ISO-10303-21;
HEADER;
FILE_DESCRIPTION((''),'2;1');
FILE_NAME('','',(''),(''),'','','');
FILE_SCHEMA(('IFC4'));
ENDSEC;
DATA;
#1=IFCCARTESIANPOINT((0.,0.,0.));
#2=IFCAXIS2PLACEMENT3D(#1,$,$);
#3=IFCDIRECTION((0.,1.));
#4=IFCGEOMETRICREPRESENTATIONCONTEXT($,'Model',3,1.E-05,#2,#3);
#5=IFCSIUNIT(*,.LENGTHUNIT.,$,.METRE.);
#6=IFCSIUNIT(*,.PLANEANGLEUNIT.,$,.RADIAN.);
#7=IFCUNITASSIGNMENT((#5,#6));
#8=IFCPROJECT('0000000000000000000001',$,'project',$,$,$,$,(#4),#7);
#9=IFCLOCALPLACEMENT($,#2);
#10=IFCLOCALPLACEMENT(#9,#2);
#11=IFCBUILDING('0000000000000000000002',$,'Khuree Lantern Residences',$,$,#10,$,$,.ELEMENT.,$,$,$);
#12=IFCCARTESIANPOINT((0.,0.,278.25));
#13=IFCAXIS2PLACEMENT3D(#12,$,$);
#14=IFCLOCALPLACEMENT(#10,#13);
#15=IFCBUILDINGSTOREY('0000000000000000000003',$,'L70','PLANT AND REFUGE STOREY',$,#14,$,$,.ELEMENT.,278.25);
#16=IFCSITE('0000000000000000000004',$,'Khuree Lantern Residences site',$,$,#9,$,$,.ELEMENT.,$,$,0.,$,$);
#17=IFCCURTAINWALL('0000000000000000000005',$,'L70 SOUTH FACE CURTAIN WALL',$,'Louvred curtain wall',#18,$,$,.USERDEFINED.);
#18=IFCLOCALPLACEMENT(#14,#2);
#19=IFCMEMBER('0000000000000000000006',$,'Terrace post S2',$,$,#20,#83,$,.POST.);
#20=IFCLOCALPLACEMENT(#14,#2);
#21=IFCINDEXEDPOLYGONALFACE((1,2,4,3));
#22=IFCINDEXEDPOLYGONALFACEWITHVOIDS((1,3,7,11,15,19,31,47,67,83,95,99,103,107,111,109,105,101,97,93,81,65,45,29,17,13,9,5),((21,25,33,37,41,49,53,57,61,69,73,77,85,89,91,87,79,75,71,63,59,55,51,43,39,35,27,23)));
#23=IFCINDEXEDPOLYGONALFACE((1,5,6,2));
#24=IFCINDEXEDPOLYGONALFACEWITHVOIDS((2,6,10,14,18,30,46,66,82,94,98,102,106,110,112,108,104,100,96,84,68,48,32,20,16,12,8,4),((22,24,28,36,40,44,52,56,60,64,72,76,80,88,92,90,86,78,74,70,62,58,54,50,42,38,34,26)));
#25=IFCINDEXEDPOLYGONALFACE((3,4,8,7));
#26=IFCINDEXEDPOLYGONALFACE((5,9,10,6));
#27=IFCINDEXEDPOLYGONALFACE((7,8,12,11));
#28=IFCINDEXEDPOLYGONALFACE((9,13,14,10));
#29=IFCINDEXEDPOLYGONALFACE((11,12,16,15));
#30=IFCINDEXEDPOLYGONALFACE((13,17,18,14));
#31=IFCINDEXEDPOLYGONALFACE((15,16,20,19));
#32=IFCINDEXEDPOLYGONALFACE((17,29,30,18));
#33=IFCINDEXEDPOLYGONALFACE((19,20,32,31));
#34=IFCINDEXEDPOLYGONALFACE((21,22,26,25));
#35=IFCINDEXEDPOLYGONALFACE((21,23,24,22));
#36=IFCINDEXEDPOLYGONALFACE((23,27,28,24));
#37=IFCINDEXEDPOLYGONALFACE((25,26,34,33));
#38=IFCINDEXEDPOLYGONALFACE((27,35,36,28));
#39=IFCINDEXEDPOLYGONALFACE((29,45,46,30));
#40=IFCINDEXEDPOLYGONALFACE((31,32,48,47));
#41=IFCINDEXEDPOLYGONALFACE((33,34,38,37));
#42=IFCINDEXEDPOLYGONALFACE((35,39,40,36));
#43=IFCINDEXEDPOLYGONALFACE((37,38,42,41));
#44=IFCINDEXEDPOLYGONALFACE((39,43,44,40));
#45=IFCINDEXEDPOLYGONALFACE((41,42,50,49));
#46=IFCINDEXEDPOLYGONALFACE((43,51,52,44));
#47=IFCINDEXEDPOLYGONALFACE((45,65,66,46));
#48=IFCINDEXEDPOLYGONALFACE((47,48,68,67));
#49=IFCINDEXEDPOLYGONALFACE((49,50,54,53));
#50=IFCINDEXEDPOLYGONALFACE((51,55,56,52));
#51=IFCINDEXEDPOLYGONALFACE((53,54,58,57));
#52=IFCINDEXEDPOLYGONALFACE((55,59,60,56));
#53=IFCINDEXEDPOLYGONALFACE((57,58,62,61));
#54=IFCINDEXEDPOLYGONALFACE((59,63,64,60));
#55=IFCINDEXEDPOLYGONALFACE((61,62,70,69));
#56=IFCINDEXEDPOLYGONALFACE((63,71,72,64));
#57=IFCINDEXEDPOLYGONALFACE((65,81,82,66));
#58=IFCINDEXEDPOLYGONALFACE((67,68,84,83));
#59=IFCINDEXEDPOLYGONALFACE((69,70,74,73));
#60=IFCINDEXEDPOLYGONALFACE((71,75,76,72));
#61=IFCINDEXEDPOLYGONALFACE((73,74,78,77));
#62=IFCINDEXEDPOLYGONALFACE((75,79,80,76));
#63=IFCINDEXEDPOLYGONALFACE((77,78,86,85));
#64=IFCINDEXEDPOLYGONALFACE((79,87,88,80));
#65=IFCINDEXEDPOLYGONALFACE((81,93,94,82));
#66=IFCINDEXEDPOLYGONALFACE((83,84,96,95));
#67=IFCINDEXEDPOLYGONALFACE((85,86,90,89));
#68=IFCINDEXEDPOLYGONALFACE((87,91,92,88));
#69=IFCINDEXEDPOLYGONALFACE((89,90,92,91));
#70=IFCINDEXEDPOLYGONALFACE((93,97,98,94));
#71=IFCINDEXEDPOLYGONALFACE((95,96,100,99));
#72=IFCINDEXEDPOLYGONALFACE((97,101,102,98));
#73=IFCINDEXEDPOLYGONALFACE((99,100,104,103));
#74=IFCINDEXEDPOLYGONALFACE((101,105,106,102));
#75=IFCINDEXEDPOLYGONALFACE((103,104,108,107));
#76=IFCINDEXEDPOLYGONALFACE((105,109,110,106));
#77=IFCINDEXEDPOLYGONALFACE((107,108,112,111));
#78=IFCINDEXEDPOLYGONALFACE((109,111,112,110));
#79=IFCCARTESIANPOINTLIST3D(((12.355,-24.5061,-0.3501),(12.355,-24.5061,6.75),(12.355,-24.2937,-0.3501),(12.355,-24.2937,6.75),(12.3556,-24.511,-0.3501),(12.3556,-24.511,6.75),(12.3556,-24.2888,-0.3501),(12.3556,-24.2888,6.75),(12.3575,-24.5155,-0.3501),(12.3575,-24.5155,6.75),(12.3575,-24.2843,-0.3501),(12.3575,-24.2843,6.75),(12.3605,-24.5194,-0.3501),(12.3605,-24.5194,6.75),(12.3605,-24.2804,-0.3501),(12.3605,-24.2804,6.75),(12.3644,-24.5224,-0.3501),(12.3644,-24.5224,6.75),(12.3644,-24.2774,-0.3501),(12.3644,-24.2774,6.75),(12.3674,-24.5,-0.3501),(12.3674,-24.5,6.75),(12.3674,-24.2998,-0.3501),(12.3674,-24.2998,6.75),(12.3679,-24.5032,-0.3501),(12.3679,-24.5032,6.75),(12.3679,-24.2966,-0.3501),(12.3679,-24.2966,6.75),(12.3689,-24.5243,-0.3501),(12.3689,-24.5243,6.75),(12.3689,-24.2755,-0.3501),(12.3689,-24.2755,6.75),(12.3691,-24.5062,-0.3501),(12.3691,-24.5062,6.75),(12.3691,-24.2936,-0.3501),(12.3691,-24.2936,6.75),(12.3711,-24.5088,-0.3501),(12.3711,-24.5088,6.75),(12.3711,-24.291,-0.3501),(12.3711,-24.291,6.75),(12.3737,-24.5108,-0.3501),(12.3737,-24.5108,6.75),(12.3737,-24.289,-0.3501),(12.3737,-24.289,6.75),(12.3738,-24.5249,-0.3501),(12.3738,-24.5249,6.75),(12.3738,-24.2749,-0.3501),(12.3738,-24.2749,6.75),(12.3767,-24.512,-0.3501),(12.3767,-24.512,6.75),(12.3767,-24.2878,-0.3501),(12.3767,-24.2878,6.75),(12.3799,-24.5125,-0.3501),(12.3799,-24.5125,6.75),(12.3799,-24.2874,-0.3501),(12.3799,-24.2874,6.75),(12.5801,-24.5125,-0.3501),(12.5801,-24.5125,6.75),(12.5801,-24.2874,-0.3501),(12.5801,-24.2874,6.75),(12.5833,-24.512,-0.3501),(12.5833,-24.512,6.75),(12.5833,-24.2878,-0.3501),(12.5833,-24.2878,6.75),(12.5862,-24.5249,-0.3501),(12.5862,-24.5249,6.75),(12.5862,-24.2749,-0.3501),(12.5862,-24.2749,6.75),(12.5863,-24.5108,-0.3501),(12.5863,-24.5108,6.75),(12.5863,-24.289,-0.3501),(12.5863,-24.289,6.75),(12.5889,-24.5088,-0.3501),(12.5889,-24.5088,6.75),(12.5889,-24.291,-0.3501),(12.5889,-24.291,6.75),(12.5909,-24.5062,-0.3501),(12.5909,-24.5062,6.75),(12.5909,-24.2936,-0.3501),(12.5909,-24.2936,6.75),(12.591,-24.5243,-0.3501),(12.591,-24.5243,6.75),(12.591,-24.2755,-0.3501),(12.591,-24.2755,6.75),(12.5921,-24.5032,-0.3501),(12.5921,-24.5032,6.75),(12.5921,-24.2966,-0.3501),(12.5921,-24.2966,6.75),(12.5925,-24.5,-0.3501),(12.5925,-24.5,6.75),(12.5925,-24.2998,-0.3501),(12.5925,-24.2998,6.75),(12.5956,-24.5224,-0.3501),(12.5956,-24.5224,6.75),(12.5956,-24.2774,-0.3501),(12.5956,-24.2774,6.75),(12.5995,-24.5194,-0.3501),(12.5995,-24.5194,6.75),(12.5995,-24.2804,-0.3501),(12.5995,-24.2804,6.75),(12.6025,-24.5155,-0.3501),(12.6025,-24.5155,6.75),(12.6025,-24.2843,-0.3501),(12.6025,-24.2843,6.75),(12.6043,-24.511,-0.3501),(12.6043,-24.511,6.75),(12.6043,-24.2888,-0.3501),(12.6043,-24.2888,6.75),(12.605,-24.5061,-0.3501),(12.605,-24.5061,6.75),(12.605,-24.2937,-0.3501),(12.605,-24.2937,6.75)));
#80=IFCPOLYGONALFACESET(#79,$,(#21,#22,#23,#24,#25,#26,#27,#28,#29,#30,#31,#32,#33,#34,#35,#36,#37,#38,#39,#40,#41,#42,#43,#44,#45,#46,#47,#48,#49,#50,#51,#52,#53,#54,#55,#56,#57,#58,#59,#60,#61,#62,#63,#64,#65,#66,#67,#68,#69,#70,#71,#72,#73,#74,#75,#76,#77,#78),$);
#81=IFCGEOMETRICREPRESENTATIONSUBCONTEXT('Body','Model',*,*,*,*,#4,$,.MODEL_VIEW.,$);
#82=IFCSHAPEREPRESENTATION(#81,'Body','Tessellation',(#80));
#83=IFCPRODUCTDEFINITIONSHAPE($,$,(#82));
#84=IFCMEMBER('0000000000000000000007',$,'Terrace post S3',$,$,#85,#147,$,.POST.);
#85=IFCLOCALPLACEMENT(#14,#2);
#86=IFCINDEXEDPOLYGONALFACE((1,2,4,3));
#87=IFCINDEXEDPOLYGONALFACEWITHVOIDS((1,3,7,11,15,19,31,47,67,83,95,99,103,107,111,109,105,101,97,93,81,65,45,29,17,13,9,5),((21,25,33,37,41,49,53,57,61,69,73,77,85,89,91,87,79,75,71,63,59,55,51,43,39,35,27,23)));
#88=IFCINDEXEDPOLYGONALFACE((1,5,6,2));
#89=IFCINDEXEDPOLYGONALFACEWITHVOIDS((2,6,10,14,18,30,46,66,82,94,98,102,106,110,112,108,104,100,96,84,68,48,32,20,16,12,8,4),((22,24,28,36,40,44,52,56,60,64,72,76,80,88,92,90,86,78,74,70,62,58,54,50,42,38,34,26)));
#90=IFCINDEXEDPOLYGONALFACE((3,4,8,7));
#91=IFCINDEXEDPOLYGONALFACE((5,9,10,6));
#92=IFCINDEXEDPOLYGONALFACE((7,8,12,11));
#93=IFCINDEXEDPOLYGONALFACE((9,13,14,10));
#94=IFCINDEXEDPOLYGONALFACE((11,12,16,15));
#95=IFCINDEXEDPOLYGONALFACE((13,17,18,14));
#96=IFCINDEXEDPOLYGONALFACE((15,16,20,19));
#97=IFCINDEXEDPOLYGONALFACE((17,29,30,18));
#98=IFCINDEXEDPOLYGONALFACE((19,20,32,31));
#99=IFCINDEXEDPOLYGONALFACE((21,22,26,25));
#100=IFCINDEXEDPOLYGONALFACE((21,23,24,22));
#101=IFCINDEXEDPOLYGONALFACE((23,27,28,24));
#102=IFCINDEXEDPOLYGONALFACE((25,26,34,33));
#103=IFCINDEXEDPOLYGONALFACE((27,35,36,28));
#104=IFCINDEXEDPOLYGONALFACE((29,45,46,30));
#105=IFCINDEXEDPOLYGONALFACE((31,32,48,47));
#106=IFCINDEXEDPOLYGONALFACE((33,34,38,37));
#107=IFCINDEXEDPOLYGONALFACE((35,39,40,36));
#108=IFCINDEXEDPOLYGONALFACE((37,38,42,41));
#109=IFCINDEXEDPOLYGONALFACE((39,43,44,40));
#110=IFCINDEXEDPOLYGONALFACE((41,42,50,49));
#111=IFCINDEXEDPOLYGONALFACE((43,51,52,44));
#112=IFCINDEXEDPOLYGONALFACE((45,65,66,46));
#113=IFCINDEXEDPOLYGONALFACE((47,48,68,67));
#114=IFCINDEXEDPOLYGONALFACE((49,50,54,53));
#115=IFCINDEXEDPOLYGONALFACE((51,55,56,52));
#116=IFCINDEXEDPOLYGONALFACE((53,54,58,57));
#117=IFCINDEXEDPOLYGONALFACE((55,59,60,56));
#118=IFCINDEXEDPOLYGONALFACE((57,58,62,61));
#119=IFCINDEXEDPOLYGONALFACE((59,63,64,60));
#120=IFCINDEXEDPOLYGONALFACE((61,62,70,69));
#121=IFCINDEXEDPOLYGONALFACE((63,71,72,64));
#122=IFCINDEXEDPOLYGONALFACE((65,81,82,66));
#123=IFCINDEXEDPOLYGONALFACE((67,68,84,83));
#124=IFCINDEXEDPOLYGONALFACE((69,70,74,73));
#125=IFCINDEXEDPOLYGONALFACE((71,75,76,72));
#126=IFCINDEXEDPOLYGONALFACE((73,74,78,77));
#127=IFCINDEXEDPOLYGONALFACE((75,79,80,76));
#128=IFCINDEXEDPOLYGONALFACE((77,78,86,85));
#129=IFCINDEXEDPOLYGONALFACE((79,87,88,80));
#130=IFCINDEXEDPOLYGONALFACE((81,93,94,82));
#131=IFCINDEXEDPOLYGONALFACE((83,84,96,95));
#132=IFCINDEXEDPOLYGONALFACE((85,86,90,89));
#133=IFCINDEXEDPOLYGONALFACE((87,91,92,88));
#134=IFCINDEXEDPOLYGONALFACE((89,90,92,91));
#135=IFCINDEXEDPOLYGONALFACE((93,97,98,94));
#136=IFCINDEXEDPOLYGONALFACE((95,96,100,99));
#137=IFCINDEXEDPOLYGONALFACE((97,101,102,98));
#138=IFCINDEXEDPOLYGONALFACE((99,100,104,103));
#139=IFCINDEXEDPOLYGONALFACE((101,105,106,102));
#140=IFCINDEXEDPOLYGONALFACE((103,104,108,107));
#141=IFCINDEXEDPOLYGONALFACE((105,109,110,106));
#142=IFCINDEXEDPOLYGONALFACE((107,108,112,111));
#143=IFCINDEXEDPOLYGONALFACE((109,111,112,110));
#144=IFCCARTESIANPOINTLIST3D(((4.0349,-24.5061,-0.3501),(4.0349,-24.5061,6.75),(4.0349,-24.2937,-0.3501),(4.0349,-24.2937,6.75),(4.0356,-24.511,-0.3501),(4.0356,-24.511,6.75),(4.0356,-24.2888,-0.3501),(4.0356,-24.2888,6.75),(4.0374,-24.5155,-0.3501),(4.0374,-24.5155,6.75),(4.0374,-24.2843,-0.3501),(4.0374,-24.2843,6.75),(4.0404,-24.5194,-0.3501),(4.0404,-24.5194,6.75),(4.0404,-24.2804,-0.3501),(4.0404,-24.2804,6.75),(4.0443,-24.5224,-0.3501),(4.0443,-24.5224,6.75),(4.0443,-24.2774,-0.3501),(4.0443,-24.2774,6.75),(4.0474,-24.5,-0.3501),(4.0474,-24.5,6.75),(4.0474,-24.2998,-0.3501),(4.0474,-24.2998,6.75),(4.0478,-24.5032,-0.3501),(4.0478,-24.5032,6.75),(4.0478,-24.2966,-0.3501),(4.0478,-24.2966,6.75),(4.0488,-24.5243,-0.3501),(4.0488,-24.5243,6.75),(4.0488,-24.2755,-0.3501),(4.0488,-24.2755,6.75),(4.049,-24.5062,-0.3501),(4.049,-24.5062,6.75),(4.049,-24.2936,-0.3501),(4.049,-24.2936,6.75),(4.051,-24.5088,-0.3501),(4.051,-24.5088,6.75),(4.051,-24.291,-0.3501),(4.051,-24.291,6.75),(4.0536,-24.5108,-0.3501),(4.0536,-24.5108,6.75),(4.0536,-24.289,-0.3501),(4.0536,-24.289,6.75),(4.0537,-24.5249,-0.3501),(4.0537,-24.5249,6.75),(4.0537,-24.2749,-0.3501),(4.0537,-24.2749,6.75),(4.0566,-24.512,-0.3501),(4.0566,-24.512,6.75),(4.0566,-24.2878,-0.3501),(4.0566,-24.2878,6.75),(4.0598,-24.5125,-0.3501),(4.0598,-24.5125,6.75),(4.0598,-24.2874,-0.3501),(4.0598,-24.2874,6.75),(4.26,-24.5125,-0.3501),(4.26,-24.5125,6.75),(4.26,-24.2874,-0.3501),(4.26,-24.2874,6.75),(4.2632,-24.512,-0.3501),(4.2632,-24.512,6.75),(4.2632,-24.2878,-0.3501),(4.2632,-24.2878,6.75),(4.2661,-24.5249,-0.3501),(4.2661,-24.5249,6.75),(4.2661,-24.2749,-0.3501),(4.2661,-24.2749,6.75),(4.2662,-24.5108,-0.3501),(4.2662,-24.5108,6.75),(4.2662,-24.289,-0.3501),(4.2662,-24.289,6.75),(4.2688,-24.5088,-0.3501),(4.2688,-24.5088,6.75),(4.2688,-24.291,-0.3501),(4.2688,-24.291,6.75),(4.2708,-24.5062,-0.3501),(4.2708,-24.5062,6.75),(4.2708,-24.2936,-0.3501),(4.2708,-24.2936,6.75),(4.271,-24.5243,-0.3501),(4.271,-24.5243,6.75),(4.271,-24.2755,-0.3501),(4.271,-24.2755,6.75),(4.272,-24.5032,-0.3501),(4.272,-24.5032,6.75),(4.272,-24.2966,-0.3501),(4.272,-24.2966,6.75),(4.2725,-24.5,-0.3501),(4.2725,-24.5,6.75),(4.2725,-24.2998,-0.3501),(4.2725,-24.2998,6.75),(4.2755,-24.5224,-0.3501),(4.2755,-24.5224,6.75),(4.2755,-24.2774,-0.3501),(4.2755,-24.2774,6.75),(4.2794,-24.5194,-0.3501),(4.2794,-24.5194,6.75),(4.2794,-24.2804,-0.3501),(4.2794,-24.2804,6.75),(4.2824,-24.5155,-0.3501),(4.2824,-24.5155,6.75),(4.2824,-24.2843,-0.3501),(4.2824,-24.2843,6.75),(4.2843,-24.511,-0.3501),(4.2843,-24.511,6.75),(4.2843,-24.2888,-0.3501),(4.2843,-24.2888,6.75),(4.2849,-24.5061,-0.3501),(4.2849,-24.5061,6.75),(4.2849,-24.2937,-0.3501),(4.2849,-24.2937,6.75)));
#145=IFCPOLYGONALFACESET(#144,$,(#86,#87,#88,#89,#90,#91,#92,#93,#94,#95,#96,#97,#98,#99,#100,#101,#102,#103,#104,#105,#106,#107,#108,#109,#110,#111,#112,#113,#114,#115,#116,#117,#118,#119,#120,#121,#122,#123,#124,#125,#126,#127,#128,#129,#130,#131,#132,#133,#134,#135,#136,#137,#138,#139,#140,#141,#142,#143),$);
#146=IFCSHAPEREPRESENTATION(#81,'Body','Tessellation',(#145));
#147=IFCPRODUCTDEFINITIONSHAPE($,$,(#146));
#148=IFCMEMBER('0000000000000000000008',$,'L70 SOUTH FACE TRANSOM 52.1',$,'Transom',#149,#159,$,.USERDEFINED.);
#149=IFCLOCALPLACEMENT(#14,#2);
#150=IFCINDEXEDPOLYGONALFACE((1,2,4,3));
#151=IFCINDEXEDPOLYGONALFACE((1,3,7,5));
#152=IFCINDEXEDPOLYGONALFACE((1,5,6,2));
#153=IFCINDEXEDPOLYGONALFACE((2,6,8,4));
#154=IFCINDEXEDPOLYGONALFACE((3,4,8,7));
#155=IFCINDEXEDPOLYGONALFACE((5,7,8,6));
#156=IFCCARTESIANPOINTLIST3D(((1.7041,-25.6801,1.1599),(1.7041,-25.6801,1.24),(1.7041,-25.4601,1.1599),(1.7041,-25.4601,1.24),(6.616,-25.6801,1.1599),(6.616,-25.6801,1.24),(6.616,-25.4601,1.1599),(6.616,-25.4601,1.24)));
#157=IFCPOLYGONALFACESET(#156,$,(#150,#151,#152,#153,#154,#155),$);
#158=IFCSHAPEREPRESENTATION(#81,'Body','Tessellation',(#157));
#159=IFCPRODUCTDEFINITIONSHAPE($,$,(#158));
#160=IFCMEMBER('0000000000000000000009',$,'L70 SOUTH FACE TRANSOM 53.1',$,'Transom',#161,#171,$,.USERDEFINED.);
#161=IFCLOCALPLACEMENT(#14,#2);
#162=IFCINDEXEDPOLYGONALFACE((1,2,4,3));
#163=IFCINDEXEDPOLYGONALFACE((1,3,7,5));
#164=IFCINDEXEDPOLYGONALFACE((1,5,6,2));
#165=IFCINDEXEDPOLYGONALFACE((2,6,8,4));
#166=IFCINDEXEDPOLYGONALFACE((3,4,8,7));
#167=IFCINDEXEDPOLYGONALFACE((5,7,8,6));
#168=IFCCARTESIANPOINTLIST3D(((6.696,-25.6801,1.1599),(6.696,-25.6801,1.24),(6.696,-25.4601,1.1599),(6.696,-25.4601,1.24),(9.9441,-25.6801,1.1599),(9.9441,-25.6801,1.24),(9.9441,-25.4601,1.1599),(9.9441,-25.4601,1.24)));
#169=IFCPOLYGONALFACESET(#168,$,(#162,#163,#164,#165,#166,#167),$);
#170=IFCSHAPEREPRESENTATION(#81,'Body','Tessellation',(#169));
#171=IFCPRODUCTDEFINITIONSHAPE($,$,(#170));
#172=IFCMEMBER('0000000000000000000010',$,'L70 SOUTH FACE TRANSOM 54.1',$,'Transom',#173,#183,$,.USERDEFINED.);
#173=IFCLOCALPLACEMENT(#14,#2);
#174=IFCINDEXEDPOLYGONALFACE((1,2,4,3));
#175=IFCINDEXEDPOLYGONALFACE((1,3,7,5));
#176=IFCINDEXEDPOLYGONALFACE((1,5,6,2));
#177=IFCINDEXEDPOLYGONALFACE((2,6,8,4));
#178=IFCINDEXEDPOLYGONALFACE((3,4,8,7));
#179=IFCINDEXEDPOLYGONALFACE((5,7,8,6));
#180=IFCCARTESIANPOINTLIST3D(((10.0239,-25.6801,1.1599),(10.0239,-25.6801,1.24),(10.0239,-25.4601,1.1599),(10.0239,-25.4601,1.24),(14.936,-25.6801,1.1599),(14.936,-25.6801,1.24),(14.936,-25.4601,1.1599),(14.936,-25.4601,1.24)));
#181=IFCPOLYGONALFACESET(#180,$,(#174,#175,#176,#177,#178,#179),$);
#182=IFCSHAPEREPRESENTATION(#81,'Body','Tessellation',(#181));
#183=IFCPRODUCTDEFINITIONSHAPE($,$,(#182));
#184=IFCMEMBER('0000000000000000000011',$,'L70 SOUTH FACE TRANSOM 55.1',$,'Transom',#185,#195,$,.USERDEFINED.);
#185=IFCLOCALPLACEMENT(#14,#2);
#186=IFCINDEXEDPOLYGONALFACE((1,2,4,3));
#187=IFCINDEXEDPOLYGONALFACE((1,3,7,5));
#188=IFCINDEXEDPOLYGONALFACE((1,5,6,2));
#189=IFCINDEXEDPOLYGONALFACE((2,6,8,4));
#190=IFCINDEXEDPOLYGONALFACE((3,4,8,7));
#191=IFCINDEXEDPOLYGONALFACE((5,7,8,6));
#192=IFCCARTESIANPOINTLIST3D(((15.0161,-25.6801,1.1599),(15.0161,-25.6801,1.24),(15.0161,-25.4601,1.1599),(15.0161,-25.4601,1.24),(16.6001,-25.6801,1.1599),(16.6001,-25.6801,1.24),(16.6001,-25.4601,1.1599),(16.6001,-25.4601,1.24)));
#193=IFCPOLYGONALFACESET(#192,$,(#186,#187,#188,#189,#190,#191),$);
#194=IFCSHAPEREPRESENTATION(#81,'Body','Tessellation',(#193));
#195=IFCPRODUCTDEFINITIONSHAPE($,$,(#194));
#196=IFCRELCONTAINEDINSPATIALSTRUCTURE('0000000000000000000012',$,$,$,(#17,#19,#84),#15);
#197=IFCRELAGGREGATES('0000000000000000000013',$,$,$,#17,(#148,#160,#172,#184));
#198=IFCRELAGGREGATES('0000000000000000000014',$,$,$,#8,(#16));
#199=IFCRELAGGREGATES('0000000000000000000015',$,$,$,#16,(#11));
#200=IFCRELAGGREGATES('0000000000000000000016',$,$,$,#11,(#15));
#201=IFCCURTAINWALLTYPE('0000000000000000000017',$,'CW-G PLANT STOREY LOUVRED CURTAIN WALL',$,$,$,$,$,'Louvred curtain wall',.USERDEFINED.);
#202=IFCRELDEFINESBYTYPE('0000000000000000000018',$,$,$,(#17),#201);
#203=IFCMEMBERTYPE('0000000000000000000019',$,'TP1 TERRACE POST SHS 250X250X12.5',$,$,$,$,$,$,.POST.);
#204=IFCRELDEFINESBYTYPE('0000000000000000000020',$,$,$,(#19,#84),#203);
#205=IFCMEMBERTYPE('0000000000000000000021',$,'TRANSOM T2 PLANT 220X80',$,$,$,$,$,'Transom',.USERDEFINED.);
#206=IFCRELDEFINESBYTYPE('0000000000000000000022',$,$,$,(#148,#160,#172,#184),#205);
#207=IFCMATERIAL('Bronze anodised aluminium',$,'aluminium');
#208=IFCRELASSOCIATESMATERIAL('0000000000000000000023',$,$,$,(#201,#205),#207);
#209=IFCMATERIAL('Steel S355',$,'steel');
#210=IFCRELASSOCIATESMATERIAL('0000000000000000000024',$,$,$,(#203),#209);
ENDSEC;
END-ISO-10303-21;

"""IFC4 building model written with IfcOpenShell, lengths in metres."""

from ifc_helpers import new_model, si_unit, direction, frame, origin, origin_2d, place, context, subcontext, project, spatial, rectangle, hollow_rectangle, extrude, material, material_profile, profile_set, type_object, element, aggregate, save


model = new_model("IFC4")

# Units and contexts
model_context = context("Model", 3, precision=1e-05, world=origin(), true_north=direction((0.0, 1.0)))
body_context = subcontext(model_context, "Body", "Model", "MODEL_VIEW")
ifc_project = project(units=[si_unit("LENGTHUNIT", "METRE"), si_unit("PLANEANGLEUNIT", "RADIAN")], contexts=[model_context])

# Site, building, storey
site_placement = place(None, origin())
site = spatial("IfcSite", under=ifc_project, at=site_placement, Name="Khuree Lantern Residences site", CompositionType="ELEMENT", RefElevation=0.0)
building_placement = place(site_placement, origin())
building = spatial("IfcBuilding", under=site, at=building_placement, Name="Khuree Lantern Residences", CompositionType="ELEMENT")
storey_placement = place(building_placement, frame((0.0, 0.0, 278.25)))
storey = spatial("IfcBuildingStorey", under=building, at=storey_placement, Name="L70", Description="PLANT AND REFUGE STOREY", CompositionType="ELEMENT", Elevation=278.25)

# Shared definitions
ifc_material_1 = material(Name="Steel S355", Category="steel")

# Curtain wall
ifc_material_2 = material(Name="Bronze anodised aluminium", Category="aluminium")
curtain_wall_type = type_object("IfcCurtainWallType", Name="CW-G PLANT STOREY LOUVRED CURTAIN WALL", ElementType="Louvred curtain wall", PredefinedType="USERDEFINED", material=ifc_material_2)
curtain_wall_placement = place(storey_placement, origin())
curtain_wall = element("IfcCurtainWall", 1, at=curtain_wall_placement, inside=storey, type_object=curtain_wall_type, Name="L70 SOUTH FACE CURTAIN WALL", ObjectType="Louvred curtain wall", PredefinedType="USERDEFINED")

# Members
ifc_material_profile_1 = material_profile(ifc_material_1, hollow_rectangle(XDim=0.25, YDim=0.25, WallThickness=0.0125, InnerFilletRadius=0.0125, OuterFilletRadius=0.0188, at=origin_2d()), Name="SHS 250X250X12.5")
ifc_profile_set_1 = profile_set([ifc_material_profile_1], Name="Steel S355")
member_type_1 = type_object("IfcMemberType", Name="TP1 TERRACE POST SHS 250X250X12.5", PredefinedType="POST", material=ifc_profile_set_1)
for number, where, z_axis, x_axis, name in (
    (2, (12.48, -24.3999, -0.3501), (0.0, 0.0, 1.0), (1.0, 0.0, 0.0), "Terrace post S2"),
    (3, (4.1599, -24.3999, -0.3501), (0.0, 0.0, 1.0), (1.0, 0.0, 0.0), "Terrace post S3"),
):
    element("IfcMember", number, at=place(storey_placement, frame(where, z_axis=z_axis, x_axis=x_axis)), inside=storey, type_object=member_type_1, Name=name, PredefinedType="POST", context=body_context, shape_type="SweptSolid", body=[
        extrude(hollow_rectangle(XDim=0.25, YDim=0.25, WallThickness=0.0125, InnerFilletRadius=0.0125, OuterFilletRadius=0.0188, at=origin_2d()), origin(), (0.0, 0.0, 1.0), 7.1001),
    ])

# Members
ifc_material_profile_2 = material_profile(ifc_material_2, rectangle(XDim=0.22, YDim=0.0801, at=origin_2d()), Name="T2 220X80")
ifc_profile_set_2 = profile_set([ifc_material_profile_2], Name="Bronze anodised aluminium")
member_type_2 = type_object("IfcMemberType", Name="TRANSOM T2 PLANT 220X80", ElementType="Transom", PredefinedType="USERDEFINED", material=ifc_profile_set_2)
member_1_placement = place(storey_placement, frame((1.7041, -25.5701, 1.2), z_axis=(1.0, 0.0, 0.0), x_axis=(0.0, 1.0, 0.0)))
member_1 = element("IfcMember", 4, at=member_1_placement, type_object=member_type_2, Name="L70 SOUTH FACE TRANSOM 52.1", ObjectType="Transom", PredefinedType="USERDEFINED", context=body_context, shape_type="SweptSolid", body=[
    extrude(rectangle(XDim=0.22, YDim=0.0801, at=origin_2d()), origin(), (0.0, 0.0, 1.0), 4.9119),
])
member_2_placement = place(storey_placement, frame((6.696, -25.5701, 1.2), z_axis=(1.0, 0.0, 0.0), x_axis=(0.0, 1.0, 0.0)))
member_2 = element("IfcMember", 5, at=member_2_placement, type_object=member_type_2, Name="L70 SOUTH FACE TRANSOM 53.1", ObjectType="Transom", PredefinedType="USERDEFINED", context=body_context, shape_type="SweptSolid", body=[
    extrude(rectangle(XDim=0.22, YDim=0.0801, at=origin_2d()), origin(), (0.0, 0.0, 1.0), 3.248),
])
member_3_placement = place(storey_placement, frame((10.0239, -25.5701, 1.2), z_axis=(1.0, 0.0, 0.0), x_axis=(0.0, 1.0, 0.0)))
member_3 = element("IfcMember", 6, at=member_3_placement, type_object=member_type_2, Name="L70 SOUTH FACE TRANSOM 54.1", ObjectType="Transom", PredefinedType="USERDEFINED", context=body_context, shape_type="SweptSolid", body=[
    extrude(rectangle(XDim=0.22, YDim=0.0801, at=origin_2d()), origin(), (0.0, 0.0, 1.0), 4.9121),
])
member_4_placement = place(storey_placement, frame((15.0161, -25.5701, 1.2), z_axis=(1.0, 0.0, 0.0), x_axis=(0.0, 1.0, 0.0)))
member_4 = element("IfcMember", 7, at=member_4_placement, type_object=member_type_2, Name="L70 SOUTH FACE TRANSOM 55.1", ObjectType="Transom", PredefinedType="USERDEFINED", context=body_context, shape_type="SweptSolid", body=[
    extrude(rectangle(XDim=0.22, YDim=0.0801, at=origin_2d()), origin(), (0.0, 0.0, 1.0), 1.584),
])

aggregate(curtain_wall, [member_1, member_2, member_3, member_4])

save(model, "model.ifc")
